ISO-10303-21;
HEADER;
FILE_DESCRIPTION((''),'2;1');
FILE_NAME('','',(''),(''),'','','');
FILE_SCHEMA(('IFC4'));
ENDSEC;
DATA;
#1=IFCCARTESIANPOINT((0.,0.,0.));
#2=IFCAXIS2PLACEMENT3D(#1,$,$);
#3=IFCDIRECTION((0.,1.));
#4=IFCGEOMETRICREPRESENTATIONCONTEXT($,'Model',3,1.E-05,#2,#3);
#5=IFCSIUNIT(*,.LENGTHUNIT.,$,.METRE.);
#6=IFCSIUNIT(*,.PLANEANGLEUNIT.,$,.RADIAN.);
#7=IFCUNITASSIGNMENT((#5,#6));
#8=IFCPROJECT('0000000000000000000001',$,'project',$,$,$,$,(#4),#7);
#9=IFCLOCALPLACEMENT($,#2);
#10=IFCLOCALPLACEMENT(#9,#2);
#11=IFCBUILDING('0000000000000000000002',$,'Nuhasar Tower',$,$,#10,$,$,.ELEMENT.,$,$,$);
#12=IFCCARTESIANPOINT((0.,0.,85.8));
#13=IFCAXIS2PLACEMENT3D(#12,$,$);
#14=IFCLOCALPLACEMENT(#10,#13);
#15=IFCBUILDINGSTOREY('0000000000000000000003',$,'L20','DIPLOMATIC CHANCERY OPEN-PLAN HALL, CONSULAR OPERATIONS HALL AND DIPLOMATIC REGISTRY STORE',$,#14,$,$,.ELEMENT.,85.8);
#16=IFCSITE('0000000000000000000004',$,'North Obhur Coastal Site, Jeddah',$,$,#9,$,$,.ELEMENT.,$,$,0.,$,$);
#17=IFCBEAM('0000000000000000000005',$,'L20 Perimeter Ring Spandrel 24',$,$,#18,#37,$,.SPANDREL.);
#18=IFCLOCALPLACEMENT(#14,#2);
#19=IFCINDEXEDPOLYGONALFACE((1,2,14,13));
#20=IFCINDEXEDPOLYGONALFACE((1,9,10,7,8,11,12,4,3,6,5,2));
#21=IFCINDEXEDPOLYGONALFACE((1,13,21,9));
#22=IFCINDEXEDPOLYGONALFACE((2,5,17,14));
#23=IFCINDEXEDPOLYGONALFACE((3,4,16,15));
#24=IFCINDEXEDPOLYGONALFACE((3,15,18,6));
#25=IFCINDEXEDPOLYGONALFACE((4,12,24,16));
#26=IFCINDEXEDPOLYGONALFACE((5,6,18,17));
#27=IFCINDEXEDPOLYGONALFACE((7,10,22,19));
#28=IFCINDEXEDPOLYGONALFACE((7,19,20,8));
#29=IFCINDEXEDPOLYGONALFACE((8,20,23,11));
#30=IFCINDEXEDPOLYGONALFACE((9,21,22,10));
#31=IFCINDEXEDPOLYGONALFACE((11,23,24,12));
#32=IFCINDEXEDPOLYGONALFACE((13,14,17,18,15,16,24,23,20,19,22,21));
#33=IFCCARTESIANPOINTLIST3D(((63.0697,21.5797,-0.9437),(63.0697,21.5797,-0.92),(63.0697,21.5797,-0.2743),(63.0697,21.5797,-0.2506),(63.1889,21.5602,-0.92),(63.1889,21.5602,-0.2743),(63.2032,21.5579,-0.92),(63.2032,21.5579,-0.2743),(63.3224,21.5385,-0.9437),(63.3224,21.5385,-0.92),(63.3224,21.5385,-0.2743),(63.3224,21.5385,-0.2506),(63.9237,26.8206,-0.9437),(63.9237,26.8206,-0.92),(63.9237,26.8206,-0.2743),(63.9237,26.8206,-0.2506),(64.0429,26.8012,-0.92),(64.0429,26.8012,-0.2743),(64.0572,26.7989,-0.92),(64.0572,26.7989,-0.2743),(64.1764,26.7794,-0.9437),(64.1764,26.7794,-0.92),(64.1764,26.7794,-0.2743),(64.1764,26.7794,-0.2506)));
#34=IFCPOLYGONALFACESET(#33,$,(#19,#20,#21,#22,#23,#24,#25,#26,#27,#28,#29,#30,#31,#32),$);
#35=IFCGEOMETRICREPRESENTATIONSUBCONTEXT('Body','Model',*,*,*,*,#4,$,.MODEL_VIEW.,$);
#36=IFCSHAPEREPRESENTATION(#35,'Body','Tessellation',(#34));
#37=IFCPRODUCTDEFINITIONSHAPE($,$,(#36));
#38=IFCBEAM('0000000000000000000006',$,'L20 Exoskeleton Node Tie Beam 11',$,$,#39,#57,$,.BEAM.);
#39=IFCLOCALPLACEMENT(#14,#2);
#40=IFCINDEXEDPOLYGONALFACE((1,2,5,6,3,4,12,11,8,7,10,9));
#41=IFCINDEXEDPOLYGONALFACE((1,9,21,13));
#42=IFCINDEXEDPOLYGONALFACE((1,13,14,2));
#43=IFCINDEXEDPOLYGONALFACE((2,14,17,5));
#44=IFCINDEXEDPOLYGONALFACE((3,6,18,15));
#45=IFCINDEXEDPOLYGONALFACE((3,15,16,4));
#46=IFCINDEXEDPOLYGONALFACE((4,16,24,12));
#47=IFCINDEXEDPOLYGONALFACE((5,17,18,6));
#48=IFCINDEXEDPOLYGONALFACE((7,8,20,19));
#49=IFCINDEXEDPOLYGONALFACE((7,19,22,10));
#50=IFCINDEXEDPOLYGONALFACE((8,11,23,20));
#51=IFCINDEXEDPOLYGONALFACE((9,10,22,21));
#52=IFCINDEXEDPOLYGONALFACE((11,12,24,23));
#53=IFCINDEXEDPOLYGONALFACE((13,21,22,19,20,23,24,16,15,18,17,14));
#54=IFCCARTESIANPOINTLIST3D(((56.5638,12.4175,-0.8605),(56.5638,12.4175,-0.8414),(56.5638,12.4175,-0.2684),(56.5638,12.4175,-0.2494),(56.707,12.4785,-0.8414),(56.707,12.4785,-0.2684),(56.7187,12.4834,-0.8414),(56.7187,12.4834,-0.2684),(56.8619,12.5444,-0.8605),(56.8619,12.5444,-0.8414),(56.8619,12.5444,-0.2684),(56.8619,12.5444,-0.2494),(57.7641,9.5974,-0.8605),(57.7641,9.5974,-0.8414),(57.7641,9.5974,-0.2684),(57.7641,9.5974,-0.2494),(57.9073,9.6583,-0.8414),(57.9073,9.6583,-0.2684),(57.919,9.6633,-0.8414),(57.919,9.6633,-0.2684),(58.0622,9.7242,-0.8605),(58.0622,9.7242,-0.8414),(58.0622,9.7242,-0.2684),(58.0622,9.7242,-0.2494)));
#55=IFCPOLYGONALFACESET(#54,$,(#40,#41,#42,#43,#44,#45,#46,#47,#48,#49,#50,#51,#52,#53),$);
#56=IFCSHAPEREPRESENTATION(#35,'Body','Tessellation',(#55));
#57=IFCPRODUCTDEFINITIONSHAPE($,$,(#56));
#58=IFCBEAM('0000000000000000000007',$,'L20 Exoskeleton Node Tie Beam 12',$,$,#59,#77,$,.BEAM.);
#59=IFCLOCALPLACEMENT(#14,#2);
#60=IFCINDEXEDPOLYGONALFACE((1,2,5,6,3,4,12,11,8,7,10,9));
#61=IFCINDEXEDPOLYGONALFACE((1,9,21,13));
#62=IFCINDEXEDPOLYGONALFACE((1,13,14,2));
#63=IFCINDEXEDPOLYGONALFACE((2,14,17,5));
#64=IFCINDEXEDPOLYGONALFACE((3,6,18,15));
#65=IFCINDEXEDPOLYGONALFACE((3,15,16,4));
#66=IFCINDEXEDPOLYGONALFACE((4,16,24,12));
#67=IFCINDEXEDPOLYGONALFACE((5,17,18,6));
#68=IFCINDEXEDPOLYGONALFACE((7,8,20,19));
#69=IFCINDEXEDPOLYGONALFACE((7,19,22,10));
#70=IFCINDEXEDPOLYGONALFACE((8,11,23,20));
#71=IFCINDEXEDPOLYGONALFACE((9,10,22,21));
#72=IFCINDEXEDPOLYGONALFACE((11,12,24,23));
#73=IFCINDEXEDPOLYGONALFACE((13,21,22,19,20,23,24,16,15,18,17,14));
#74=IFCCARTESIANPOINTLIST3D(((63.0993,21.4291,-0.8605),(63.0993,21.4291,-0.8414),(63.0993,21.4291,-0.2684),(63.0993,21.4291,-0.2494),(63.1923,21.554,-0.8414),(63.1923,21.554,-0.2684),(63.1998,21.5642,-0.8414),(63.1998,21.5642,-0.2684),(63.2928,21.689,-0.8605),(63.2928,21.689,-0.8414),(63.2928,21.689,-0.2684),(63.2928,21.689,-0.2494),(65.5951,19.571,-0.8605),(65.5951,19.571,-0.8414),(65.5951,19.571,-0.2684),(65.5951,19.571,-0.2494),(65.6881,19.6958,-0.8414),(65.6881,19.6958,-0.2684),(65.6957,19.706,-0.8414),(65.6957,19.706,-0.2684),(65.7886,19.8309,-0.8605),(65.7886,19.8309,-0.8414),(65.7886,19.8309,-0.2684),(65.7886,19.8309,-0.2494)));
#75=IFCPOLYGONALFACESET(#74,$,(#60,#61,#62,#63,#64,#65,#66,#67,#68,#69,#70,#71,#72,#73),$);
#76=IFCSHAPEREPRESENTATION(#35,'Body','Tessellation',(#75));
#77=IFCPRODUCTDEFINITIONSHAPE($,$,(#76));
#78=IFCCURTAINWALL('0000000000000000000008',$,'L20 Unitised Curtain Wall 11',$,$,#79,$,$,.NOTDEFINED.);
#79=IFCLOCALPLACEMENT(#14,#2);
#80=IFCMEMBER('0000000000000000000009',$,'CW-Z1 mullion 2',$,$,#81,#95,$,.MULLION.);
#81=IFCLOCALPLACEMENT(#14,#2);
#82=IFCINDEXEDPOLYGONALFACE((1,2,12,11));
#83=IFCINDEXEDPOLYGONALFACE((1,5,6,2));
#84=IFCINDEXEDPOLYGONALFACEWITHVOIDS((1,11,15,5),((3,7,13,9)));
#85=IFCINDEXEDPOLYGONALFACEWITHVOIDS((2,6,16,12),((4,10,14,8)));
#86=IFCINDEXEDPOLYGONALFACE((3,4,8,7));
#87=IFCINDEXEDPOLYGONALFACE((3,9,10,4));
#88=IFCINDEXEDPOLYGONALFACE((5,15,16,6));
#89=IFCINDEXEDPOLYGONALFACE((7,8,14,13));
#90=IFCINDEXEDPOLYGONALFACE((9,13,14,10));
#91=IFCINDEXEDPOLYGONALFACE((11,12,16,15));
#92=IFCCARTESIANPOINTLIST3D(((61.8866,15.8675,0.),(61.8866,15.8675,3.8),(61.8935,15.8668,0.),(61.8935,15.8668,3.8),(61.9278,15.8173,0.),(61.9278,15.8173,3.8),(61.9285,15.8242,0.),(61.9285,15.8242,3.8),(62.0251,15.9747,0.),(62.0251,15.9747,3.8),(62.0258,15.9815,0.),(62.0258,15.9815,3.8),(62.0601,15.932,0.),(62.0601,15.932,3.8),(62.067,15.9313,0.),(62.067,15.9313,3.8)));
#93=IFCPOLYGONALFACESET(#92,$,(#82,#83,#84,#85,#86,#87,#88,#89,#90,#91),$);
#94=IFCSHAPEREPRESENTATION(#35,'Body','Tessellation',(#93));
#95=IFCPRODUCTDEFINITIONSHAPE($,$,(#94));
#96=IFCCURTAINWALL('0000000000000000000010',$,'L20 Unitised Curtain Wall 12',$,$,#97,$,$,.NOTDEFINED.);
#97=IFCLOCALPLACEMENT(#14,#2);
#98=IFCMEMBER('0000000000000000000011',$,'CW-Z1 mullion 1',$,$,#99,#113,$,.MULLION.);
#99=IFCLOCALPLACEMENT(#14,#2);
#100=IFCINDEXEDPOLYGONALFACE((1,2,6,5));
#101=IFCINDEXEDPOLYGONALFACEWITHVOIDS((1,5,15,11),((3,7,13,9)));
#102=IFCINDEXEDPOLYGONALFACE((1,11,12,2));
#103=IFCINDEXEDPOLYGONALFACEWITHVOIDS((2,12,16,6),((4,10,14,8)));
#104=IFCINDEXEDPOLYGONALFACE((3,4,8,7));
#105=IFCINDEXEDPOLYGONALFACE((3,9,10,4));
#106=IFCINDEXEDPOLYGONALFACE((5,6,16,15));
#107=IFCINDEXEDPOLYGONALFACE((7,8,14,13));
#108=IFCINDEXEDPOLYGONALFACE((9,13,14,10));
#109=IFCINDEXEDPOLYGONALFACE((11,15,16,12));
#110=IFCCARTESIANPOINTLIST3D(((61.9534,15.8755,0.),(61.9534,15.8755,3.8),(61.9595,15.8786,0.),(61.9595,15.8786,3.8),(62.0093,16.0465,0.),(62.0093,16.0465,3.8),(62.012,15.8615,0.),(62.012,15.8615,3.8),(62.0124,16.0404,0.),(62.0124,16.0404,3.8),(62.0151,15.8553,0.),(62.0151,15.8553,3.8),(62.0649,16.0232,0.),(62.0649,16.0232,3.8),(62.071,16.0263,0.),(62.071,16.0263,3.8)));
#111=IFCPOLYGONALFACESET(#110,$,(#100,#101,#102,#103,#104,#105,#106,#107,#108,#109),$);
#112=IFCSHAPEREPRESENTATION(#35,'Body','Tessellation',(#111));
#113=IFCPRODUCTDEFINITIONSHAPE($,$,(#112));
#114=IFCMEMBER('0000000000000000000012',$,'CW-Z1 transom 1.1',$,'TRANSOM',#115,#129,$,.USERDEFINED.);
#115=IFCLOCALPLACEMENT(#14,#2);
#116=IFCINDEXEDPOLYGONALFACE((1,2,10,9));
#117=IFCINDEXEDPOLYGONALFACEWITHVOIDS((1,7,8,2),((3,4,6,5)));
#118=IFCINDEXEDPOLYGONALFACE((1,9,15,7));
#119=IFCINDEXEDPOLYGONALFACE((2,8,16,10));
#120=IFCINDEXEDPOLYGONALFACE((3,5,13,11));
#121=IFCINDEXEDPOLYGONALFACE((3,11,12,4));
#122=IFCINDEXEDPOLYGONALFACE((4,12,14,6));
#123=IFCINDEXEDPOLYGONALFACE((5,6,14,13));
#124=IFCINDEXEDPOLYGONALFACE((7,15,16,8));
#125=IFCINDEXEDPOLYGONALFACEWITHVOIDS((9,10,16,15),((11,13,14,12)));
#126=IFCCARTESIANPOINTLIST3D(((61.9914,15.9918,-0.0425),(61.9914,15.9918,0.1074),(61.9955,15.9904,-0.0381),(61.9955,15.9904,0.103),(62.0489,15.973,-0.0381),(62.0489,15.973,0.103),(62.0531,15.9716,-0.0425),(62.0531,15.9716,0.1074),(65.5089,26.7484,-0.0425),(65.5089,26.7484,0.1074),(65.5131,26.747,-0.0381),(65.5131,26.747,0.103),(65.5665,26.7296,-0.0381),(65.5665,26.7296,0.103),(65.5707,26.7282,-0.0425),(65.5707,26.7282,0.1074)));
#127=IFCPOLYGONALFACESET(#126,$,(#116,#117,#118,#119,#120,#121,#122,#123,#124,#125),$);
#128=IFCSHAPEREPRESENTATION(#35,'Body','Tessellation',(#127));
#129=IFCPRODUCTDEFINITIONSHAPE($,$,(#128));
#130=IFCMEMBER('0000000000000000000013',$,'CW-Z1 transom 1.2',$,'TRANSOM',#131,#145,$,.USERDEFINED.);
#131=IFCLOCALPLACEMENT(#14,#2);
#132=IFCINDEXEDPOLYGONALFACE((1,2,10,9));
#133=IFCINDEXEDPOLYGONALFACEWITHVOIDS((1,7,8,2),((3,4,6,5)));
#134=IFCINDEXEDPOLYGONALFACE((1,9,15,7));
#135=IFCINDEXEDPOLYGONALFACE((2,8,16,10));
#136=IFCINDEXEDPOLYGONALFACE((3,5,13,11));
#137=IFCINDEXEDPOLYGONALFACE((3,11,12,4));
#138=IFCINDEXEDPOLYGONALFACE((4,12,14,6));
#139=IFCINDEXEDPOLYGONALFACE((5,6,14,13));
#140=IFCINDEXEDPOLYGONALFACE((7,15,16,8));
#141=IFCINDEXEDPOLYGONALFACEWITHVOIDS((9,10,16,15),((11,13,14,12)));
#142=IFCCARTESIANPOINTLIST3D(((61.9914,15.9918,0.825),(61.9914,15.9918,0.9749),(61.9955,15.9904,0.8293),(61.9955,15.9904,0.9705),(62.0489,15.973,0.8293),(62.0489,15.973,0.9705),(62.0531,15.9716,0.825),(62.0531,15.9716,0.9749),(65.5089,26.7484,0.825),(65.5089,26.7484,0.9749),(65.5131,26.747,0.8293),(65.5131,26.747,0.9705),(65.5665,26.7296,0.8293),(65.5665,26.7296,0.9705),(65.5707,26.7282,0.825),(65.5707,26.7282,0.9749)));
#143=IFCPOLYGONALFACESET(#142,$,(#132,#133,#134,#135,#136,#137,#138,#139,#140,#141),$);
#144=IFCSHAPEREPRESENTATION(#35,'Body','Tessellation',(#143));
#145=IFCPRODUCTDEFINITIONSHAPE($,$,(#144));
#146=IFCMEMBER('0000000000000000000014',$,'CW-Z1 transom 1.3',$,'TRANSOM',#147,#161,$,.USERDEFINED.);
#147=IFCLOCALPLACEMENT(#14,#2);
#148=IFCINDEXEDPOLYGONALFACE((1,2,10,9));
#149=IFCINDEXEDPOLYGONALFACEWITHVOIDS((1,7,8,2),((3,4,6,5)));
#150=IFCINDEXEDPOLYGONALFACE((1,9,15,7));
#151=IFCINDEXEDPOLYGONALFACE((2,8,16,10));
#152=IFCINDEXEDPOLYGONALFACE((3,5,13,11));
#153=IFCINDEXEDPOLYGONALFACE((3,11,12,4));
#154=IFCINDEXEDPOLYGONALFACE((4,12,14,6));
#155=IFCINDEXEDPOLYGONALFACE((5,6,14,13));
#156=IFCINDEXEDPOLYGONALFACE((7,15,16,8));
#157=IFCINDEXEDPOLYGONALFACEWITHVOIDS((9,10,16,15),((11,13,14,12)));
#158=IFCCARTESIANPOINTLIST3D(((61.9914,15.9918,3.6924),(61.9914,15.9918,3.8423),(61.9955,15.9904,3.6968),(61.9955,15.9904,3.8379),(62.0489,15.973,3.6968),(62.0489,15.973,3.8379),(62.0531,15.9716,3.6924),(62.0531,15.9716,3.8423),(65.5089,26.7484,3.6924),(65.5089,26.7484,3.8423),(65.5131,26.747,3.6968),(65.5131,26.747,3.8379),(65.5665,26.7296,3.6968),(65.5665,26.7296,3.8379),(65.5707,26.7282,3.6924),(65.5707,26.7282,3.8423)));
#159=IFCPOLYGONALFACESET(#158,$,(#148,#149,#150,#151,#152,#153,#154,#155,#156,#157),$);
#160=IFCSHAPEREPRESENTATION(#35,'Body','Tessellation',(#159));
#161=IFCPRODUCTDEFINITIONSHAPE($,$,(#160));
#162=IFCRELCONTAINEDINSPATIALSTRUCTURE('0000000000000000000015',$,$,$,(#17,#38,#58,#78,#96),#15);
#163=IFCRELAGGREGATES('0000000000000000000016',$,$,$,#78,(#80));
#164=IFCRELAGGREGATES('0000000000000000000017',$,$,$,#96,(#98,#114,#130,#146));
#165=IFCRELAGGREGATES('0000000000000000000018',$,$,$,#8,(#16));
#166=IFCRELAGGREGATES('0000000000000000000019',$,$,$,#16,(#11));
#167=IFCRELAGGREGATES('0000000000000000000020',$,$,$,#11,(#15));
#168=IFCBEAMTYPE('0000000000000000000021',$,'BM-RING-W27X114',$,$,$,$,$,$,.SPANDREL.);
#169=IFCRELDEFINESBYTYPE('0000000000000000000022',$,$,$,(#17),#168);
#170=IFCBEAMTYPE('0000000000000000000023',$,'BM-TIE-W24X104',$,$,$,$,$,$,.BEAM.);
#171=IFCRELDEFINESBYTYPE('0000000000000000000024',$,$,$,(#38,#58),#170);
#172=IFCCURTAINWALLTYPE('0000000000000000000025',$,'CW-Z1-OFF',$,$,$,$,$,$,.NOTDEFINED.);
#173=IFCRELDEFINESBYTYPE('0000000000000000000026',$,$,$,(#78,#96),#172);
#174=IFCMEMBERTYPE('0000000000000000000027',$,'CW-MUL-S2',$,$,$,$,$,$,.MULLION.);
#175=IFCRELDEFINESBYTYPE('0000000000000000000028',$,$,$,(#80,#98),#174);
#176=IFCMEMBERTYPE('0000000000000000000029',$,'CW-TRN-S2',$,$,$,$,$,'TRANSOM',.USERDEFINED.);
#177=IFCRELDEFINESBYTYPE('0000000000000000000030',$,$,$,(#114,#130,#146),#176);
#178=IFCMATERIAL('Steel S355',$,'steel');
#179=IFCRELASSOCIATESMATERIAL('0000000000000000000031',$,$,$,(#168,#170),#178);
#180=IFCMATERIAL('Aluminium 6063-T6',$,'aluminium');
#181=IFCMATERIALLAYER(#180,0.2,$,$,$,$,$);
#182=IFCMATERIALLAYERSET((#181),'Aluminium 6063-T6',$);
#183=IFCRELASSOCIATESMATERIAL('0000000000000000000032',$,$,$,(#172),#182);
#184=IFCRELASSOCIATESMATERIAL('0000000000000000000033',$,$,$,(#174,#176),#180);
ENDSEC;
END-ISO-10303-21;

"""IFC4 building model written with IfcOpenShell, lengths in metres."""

from ifc_helpers import new_model, si_unit, direction, frame, origin, origin_2d, place, context, subcontext, project, spatial, hollow_rectangle, i_section, extrude, material, layer, layer_set, material_profile, profile_set, type_object, element, aggregate, save


model = new_model("IFC4")

# Units and contexts
model_context = context("Model", 3, precision=1e-05, world=origin(), true_north=direction((0.0, 1.0)))
body_context = subcontext(model_context, "Body", "Model", "MODEL_VIEW")
ifc_project = project(units=[si_unit("LENGTHUNIT", "METRE"), si_unit("PLANEANGLEUNIT", "RADIAN")], contexts=[model_context])

# Site, building, storey
site_placement = place(None, origin())
site = spatial("IfcSite", under=ifc_project, at=site_placement, Name="North Obhur Coastal Site, Jeddah", CompositionType="ELEMENT", RefElevation=0.0)
building_placement = place(site_placement, origin())
building = spatial("IfcBuilding", under=site, at=building_placement, Name="Nuhasar Tower", CompositionType="ELEMENT")
storey_placement = place(building_placement, frame((0.0, 0.0, 85.8)))
storey = spatial("IfcBuildingStorey", under=building, at=storey_placement, Name="L20", Description="DIPLOMATIC CHANCERY OPEN-PLAN HALL, CONSULAR OPERATIONS HALL AND DIPLOMATIC REGISTRY STORE", CompositionType="ELEMENT", Elevation=85.8)

# Beams
ifc_material_1 = material(Name="Steel S355", Category="steel")
ifc_material_profile_1 = material_profile(ifc_material_1, i_section(OverallWidth=0.2561, OverallDepth=0.6931, WebThickness=0.0144, FlangeThickness=0.0237, at=origin_2d()), Name="W27X114")
ifc_profile_set_1 = profile_set([ifc_material_profile_1], Name="Steel S355")
beam_type_1 = type_object("IfcBeamType", Name="BM-RING-W27X114", PredefinedType="SPANDREL", material=ifc_profile_set_1)
beam_1_placement = place(storey_placement, frame((63.196, 21.5591, -0.5972), z_axis=(0.160827, 0.986983, 0.0), x_axis=(-0.986983, 0.160827, 0.0)))
element("IfcBeam", 1, at=beam_1_placement, inside=storey, type_object=beam_type_1, Name="L20 Perimeter Ring Spandrel 24", PredefinedType="SPANDREL", context=body_context, shape_type="SweptSolid", body=[
    extrude(i_section(OverallWidth=0.2561, OverallDepth=0.6931, WebThickness=0.0144, FlangeThickness=0.0237, at=origin_2d()), origin(), (0.0, 0.0, 1.0), 5.3101),
])
ifc_material_profile_2 = material_profile(ifc_material_1, i_section(OverallWidth=0.324, OverallDepth=0.6111, WebThickness=0.0127, FlangeThickness=0.019, at=origin_2d()), Name="W24X104")
ifc_profile_set_2 = profile_set([ifc_material_profile_2], Name="Steel S355")
beam_type_2 = type_object("IfcBeamType", Name="BM-TIE-W24X104", PredefinedType="BEAM", material=ifc_profile_set_2)
beam_2_placement = place(storey_placement, frame((56.7129, 12.481, -0.5549), z_axis=(0.391601, -0.920135, 0.0), x_axis=(0.920135, 0.391601, 0.0)))
element("IfcBeam", 2, at=beam_2_placement, inside=storey, type_object=beam_type_2, Name="L20 Exoskeleton Node Tie Beam 11", PredefinedType="BEAM", context=body_context, shape_type="SweptSolid", body=[
    extrude(i_section(OverallWidth=0.324, OverallDepth=0.6111, WebThickness=0.0127, FlangeThickness=0.019, at=origin_2d()), origin(), (0.0, 0.0, 1.0), 3.0649),
])
beam_3_placement = place(storey_placement, frame((63.196, 21.5591, -0.5549), z_axis=(0.802113, -0.597172, 0.0), x_axis=(0.597172, 0.802113, 0.0)))
element("IfcBeam", 3, at=beam_3_placement, inside=storey, type_object=beam_type_2, Name="L20 Exoskeleton Node Tie Beam 12", PredefinedType="BEAM", context=body_context, shape_type="SweptSolid", body=[
    extrude(i_section(OverallWidth=0.324, OverallDepth=0.6111, WebThickness=0.0127, FlangeThickness=0.019, at=origin_2d()), origin(), (0.0, 0.0, 1.0), 3.1116),
])

# Curtain wall, member
ifc_material_2 = material(Name="Aluminium 6063-T6", Category="aluminium")
ifc_layer_1 = layer(ifc_material_2, 0.2)
ifc_layer_set_1 = layer_set([ifc_layer_1], Name="Aluminium 6063-T6")
curtain_wall_type = type_object("IfcCurtainWallType", Name="CW-Z1-OFF", PredefinedType="NOTDEFINED", material=ifc_layer_set_1)
curtain_wall_1_placement = place(storey_placement, origin())
curtain_wall_1 = element("IfcCurtainWall", 4, at=curtain_wall_1_placement, inside=storey, type_object=curtain_wall_type, Name="L20 Unitised Curtain Wall 11", PredefinedType="NOTDEFINED")
ifc_material_profile_3 = material_profile(ifc_material_2, hollow_rectangle(XDim=0.0649, YDim=0.1799, WallThickness=0.0049, at=origin_2d()), Name="CWM-2")
ifc_profile_set_3 = profile_set([ifc_material_profile_3], Name="Aluminium 6063-T6")
member_type_1 = type_object("IfcMemberType", Name="CW-MUL-S2", PredefinedType="MULLION", material=ifc_profile_set_3)
member_1_placement = place(storey_placement, frame((61.9768, 15.8994, 0.0), z_axis=(0.0, 0.0, 1.0), x_axis=(-0.633745, 0.773542, 0.0)))
member_1 = element("IfcMember", 5, at=member_1_placement, type_object=member_type_1, Name="CW-Z1 mullion 2", PredefinedType="MULLION", context=body_context, shape_type="SweptSolid", body=[
    extrude(hollow_rectangle(XDim=0.0649, YDim=0.1799, WallThickness=0.0049, at=origin_2d()), origin(), (0.0, 0.0, 1.0), 3.8),
])

# Curtain wall, members
curtain_wall_2_placement = place(storey_placement, origin())
curtain_wall_2 = element("IfcCurtainWall", 6, at=curtain_wall_2_placement, inside=storey, type_object=curtain_wall_type, Name="L20 Unitised Curtain Wall 12", PredefinedType="NOTDEFINED")
member_2_placement = place(storey_placement, frame((62.0122, 15.9509, 0.0), z_axis=(0.0, 0.0, 1.0), x_axis=(-0.950468, 0.310824, 0.0)))
member_2 = element("IfcMember", 7, at=member_2_placement, type_object=member_type_1, Name="CW-Z1 mullion 1", PredefinedType="MULLION", context=body_context, shape_type="SweptSolid", body=[
    extrude(hollow_rectangle(XDim=0.0649, YDim=0.1799, WallThickness=0.0049, at=origin_2d()), origin(), (0.0, 0.0, 1.0), 3.8),
])
ifc_material_profile_4 = material_profile(ifc_material_2, hollow_rectangle(XDim=0.0649, YDim=0.1499, WallThickness=0.0044, at=origin_2d()), Name="CWT-2")
ifc_profile_set_4 = profile_set([ifc_material_profile_4], Name="Aluminium 6063-T6")
member_type_2 = type_object("IfcMemberType", Name="CW-TRN-S2", ElementType="TRANSOM", PredefinedType="USERDEFINED", material=ifc_profile_set_4)
member_3_placement = place(storey_placement, frame((62.0222, 15.9817, 0.0325), z_axis=(0.310819, 0.950469, 0.0), x_axis=(-0.950469, 0.310819, 0.0)))
member_3 = element("IfcMember", 8, at=member_3_placement, type_object=member_type_2, Name="CW-Z1 transom 1.1", ObjectType="TRANSOM", PredefinedType="USERDEFINED", context=body_context, shape_type="SweptSolid", body=[
    extrude(hollow_rectangle(XDim=0.0649, YDim=0.1499, WallThickness=0.0044, at=origin_2d()), origin(), (0.0, 0.0, 1.0), 11.3171),
])
member_4_placement = place(storey_placement, frame((62.0222, 15.9817, 0.8999), z_axis=(0.310819, 0.950469, 0.0), x_axis=(-0.950469, 0.310819, 0.0)))
member_4 = element("IfcMember", 9, at=member_4_placement, type_object=member_type_2, Name="CW-Z1 transom 1.2", ObjectType="TRANSOM", PredefinedType="USERDEFINED", context=body_context, shape_type="SweptSolid", body=[
    extrude(hollow_rectangle(XDim=0.0649, YDim=0.1499, WallThickness=0.0044, at=origin_2d()), origin(), (0.0, 0.0, 1.0), 11.3171),
])
member_5_placement = place(storey_placement, frame((62.0222, 15.9817, 3.7673), z_axis=(0.310819, 0.950469, 0.0), x_axis=(-0.950469, 0.310819, 0.0)))
member_5 = element("IfcMember", 10, at=member_5_placement, type_object=member_type_2, Name="CW-Z1 transom 1.3", ObjectType="TRANSOM", PredefinedType="USERDEFINED", context=body_context, shape_type="SweptSolid", body=[
    extrude(hollow_rectangle(XDim=0.0649, YDim=0.1499, WallThickness=0.0044, at=origin_2d()), origin(), (0.0, 0.0, 1.0), 11.3171),
])

aggregate(curtain_wall_1, [member_1])
aggregate(curtain_wall_2, [member_2, member_3, member_4, member_5])

save(model, "model.ifc")
